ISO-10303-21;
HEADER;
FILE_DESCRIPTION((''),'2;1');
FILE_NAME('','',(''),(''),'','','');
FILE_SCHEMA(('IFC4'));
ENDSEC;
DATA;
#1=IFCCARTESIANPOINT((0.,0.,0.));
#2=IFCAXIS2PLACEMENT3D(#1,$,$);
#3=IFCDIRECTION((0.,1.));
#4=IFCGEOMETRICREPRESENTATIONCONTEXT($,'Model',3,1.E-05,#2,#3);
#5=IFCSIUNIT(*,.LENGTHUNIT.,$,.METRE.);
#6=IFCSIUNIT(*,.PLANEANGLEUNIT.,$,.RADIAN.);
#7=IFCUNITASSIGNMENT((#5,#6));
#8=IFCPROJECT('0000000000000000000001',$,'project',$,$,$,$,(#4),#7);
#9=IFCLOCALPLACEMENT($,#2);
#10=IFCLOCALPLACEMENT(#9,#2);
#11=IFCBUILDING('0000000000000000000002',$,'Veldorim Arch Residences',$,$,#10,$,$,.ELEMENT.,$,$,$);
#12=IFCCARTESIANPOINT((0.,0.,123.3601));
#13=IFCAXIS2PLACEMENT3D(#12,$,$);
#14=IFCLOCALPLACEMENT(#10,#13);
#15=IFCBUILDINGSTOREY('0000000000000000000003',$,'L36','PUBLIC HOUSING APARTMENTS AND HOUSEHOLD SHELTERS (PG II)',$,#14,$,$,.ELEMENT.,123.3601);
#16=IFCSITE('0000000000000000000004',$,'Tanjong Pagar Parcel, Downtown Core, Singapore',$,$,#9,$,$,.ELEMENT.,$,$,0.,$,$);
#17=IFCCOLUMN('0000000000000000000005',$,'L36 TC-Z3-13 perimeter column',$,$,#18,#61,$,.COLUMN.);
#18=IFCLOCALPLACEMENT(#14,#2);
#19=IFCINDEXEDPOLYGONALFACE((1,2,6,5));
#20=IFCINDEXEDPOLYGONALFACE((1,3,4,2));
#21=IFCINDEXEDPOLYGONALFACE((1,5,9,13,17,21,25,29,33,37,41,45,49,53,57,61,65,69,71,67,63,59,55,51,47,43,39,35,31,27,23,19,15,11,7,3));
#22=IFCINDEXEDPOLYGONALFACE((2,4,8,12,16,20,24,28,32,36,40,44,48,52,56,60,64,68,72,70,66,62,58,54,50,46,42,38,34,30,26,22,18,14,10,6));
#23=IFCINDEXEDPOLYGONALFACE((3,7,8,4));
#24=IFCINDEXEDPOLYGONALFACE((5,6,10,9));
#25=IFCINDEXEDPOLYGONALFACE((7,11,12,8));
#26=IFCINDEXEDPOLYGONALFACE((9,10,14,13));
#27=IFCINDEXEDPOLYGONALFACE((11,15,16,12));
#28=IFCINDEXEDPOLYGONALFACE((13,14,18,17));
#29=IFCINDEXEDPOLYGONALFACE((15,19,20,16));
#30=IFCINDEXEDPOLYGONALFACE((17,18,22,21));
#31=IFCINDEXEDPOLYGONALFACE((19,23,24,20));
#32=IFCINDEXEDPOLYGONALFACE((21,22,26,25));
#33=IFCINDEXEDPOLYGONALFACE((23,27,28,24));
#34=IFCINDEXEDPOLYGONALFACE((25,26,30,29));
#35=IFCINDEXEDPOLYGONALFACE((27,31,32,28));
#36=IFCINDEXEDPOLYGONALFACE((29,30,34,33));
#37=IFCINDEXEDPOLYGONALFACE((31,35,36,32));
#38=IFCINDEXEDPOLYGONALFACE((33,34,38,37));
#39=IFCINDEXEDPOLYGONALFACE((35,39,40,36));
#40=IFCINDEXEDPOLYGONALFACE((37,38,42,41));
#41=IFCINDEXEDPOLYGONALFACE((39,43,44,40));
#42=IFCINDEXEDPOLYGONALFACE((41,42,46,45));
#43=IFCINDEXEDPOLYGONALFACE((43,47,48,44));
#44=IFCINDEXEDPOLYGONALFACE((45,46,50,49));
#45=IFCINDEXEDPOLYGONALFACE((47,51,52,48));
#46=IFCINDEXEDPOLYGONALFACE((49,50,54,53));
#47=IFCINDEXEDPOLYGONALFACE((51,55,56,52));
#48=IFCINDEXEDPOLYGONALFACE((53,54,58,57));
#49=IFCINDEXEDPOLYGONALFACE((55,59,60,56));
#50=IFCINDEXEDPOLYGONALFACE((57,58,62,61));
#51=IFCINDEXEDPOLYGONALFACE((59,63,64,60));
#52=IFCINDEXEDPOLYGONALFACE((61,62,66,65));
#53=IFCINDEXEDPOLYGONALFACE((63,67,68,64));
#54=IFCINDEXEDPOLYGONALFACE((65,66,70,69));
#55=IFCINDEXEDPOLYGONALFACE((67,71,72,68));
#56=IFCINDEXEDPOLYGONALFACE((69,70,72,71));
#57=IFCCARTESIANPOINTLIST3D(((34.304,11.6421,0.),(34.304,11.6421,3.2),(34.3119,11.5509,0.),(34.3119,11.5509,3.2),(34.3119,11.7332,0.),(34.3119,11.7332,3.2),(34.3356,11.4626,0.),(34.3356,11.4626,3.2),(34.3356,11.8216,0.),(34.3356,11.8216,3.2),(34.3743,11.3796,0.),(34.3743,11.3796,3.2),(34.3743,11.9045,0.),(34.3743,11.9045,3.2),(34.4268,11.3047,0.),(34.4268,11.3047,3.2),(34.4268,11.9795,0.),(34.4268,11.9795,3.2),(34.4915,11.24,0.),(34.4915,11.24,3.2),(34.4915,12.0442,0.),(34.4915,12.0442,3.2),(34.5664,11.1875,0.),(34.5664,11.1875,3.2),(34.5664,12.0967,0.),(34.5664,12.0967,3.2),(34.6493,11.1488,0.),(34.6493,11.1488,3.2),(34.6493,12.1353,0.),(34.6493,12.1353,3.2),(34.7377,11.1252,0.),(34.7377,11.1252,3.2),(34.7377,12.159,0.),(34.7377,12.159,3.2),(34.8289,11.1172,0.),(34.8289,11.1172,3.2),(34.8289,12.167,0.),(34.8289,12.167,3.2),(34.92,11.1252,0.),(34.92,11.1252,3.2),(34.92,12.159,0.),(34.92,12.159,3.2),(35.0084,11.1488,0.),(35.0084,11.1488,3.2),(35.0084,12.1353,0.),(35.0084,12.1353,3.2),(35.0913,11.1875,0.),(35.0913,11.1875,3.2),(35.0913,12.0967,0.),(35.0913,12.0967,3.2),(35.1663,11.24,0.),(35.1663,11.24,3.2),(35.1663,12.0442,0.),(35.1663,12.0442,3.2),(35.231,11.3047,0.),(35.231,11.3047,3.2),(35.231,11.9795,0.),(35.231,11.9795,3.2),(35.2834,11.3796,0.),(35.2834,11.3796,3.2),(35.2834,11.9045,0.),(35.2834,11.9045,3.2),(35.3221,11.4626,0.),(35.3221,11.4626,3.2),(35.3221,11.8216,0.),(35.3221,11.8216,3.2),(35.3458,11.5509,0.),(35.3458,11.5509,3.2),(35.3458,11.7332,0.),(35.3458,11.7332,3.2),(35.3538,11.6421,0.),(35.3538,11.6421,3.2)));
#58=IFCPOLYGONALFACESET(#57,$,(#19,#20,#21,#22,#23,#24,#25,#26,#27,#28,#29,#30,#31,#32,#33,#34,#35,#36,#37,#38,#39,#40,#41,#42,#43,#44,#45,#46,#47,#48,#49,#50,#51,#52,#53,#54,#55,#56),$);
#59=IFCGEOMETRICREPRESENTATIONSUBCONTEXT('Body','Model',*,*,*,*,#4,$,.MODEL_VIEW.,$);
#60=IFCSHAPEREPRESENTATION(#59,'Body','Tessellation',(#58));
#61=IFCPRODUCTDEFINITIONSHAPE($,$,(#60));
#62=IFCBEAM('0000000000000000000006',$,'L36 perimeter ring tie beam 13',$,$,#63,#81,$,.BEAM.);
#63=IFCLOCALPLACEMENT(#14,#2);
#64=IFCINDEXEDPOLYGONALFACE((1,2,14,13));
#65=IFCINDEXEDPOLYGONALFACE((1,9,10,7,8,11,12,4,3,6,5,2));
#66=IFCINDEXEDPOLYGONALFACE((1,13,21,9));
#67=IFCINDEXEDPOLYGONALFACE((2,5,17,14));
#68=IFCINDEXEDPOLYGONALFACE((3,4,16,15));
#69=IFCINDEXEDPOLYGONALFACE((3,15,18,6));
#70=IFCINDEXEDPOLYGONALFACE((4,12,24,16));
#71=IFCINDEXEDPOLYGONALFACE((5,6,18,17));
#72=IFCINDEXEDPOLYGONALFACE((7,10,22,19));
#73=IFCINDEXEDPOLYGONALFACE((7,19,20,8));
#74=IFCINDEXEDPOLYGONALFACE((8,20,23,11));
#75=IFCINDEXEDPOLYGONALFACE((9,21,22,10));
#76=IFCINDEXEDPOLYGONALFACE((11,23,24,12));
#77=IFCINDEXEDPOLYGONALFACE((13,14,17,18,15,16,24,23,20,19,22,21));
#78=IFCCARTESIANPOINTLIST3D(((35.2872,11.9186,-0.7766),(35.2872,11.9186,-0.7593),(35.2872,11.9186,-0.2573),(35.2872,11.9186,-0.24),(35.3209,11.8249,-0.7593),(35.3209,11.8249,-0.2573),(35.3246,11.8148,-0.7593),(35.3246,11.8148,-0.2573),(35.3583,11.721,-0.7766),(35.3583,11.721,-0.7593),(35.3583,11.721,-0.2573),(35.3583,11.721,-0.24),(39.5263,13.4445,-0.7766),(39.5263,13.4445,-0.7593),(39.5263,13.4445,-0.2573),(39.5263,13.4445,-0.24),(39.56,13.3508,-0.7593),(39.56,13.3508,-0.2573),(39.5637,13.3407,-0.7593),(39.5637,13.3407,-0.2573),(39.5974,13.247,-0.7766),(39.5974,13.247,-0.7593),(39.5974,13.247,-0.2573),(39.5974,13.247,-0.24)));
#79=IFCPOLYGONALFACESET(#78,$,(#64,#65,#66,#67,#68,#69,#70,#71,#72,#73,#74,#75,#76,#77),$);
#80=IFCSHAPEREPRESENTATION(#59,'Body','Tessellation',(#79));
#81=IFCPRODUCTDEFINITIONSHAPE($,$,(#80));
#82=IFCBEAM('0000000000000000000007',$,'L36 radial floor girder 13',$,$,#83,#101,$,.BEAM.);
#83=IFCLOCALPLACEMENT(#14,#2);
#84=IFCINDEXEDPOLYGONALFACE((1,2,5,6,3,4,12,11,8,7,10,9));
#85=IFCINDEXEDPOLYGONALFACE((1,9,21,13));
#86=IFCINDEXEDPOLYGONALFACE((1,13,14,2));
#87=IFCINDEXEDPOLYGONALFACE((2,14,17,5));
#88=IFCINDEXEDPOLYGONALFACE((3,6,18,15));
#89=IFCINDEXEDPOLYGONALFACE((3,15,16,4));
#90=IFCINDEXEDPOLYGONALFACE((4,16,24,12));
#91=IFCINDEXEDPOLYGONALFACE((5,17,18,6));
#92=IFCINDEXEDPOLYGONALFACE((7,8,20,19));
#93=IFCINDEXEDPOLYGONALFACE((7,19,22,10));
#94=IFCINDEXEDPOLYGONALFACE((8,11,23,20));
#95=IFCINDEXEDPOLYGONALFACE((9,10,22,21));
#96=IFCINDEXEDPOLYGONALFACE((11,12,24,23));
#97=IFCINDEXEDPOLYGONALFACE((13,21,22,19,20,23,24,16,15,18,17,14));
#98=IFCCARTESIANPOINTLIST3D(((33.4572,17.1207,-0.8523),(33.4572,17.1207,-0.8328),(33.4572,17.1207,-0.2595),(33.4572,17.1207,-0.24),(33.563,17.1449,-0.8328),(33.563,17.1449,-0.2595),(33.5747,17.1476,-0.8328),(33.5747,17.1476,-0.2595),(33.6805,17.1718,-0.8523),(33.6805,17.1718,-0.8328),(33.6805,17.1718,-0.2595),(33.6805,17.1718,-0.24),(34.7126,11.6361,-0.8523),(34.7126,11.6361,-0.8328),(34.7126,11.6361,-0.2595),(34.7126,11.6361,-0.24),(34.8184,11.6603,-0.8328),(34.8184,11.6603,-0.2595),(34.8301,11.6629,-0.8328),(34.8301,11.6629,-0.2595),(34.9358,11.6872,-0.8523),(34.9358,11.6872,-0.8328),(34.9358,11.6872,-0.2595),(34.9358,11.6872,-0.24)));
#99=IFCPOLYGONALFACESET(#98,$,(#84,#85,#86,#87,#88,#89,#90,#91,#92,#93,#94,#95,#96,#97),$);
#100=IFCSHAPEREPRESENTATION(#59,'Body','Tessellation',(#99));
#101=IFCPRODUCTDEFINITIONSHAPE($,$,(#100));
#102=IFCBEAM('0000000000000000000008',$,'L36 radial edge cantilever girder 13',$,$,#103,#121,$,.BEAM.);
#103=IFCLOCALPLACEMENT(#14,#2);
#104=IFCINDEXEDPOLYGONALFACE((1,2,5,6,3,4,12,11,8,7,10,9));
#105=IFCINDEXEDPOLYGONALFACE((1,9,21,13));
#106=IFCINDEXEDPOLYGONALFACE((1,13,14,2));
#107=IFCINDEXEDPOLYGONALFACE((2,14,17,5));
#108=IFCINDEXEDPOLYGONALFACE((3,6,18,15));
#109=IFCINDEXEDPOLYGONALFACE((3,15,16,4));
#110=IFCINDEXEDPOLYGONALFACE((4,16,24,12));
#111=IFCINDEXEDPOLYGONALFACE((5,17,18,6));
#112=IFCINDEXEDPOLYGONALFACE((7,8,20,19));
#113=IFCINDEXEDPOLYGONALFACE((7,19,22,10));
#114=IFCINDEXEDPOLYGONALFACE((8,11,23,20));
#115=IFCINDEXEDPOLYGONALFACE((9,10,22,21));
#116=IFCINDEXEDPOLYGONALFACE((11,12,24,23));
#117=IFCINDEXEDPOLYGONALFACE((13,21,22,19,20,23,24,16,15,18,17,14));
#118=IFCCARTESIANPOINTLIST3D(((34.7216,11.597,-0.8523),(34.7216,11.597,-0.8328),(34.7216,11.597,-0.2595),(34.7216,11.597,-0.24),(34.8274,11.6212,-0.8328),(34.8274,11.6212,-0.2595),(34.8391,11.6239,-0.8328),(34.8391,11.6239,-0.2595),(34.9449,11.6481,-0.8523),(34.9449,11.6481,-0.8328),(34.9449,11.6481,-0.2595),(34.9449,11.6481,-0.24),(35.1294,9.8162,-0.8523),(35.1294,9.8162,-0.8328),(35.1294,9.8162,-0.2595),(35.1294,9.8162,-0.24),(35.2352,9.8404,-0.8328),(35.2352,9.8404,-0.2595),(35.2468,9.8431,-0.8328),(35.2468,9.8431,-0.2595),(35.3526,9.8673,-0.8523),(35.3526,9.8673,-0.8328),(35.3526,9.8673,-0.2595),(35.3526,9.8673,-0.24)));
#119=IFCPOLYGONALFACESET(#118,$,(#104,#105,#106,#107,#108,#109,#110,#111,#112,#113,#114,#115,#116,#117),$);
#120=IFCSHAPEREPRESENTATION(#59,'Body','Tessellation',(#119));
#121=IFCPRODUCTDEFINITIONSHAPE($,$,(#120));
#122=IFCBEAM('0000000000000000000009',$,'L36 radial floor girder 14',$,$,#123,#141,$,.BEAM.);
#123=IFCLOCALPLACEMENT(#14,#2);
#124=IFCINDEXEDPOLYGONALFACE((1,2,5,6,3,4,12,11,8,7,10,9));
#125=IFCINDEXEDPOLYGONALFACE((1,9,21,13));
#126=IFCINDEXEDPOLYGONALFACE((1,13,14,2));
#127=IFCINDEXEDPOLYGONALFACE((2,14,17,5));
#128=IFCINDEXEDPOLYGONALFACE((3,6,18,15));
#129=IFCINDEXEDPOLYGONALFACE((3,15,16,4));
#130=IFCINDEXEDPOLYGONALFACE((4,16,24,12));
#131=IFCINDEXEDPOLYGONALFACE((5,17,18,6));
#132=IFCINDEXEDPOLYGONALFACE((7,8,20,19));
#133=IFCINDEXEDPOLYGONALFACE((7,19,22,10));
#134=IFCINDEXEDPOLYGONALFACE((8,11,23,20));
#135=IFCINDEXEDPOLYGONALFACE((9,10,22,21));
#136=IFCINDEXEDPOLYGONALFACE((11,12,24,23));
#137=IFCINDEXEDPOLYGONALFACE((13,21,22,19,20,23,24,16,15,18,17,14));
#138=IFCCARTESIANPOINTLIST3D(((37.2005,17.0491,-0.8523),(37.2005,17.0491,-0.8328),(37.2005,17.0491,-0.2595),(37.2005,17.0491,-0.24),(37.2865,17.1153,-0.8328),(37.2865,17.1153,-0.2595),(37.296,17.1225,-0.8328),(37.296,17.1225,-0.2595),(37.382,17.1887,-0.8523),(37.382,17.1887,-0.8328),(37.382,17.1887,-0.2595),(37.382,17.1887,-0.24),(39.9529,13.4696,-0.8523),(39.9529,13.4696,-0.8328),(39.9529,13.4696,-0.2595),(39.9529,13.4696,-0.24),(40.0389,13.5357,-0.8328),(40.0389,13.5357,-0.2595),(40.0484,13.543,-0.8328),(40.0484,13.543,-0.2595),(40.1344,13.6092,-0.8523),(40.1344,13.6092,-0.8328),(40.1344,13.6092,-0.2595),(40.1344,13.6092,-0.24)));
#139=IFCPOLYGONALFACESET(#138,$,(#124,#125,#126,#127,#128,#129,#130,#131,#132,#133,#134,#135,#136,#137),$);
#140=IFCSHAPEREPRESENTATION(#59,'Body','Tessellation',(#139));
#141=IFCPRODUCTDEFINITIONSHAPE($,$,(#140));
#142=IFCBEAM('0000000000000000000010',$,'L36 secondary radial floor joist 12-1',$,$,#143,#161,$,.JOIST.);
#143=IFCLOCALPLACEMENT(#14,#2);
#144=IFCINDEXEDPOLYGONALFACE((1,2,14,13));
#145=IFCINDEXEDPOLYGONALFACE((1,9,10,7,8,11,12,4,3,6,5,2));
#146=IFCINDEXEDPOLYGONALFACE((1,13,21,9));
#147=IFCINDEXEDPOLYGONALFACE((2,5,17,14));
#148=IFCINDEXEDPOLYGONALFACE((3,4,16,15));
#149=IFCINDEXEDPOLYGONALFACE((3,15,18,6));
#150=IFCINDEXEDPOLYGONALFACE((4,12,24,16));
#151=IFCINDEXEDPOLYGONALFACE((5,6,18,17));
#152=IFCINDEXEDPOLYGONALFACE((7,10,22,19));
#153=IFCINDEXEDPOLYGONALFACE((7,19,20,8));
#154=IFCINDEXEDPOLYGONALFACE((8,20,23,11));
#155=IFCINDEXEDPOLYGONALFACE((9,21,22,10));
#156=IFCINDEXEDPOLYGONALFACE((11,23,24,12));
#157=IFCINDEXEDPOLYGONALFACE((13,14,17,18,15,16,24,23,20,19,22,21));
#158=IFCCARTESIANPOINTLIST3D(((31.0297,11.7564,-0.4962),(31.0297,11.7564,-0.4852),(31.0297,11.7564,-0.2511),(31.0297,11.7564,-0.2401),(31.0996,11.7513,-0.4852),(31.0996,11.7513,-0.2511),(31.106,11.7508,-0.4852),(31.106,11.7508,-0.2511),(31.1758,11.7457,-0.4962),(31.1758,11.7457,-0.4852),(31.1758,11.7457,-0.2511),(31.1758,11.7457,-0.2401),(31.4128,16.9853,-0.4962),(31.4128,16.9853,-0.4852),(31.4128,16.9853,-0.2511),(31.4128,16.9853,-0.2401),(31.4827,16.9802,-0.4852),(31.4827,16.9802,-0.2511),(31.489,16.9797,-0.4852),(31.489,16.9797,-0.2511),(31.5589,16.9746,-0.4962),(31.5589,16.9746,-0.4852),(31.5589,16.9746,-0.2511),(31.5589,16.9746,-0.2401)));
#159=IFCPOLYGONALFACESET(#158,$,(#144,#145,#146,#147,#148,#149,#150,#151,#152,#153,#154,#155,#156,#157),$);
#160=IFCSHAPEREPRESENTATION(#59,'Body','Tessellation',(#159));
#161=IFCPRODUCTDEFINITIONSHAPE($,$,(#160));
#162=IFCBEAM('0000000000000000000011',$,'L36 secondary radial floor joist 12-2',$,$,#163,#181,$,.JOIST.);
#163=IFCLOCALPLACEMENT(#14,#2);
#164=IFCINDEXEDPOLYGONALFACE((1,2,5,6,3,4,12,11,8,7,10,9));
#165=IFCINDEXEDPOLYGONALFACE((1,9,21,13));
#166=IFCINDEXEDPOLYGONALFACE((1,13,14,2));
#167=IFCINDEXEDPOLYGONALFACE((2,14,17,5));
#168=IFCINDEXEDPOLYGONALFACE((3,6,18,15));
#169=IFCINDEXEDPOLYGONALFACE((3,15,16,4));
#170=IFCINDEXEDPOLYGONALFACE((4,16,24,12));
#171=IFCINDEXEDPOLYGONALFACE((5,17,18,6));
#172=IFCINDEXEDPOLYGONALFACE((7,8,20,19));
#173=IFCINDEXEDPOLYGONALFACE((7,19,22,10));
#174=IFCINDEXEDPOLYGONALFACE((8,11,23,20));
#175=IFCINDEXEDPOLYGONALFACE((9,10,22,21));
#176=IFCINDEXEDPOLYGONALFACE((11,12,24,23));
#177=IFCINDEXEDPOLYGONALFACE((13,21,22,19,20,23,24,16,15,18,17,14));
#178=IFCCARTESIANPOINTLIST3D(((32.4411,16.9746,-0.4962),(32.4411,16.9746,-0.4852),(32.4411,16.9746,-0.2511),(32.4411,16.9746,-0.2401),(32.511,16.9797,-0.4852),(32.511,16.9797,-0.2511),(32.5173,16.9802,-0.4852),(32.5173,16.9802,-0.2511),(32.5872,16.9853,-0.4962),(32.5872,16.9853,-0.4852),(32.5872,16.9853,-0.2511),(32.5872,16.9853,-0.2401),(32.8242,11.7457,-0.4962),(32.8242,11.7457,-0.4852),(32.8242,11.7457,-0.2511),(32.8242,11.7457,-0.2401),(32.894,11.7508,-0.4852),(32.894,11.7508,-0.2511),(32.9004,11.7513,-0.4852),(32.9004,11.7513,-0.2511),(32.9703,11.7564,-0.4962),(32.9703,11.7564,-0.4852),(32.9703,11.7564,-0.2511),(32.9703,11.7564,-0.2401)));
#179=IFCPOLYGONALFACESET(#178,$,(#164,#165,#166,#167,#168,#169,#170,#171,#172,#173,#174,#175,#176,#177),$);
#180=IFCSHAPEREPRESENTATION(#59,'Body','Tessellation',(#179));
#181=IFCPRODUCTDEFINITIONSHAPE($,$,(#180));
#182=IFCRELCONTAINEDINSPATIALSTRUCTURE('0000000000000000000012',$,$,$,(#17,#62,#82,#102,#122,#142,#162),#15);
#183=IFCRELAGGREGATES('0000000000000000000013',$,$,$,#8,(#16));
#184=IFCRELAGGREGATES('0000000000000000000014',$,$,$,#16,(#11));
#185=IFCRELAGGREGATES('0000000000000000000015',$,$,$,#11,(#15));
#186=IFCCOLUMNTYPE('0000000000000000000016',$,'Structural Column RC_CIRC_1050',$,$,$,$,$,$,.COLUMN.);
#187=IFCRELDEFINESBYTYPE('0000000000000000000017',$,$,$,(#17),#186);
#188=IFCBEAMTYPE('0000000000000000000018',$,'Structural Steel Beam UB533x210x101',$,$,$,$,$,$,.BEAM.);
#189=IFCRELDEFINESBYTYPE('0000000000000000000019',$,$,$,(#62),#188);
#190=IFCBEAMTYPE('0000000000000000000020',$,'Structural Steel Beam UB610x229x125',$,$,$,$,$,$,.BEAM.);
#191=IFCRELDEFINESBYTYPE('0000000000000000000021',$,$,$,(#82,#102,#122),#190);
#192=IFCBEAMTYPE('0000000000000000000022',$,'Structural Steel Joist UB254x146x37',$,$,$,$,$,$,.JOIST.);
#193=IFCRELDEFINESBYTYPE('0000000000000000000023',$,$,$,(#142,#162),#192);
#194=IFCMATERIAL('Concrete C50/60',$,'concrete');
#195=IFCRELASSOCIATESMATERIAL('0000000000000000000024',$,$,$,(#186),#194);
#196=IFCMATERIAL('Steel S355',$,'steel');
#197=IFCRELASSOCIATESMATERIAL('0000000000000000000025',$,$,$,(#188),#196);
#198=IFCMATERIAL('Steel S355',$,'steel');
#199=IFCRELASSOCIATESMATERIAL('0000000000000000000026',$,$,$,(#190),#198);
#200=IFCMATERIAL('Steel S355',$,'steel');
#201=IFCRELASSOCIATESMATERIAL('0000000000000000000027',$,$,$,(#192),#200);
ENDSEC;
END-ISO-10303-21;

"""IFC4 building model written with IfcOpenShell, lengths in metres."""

from ifc_helpers import new_model, si_unit, direction, frame, origin, origin_2d, place, context, subcontext, project, spatial, circle, i_section, extrude, material, material_profile, profile_set, type_object, element, save


model = new_model("IFC4")

# Units and contexts
model_context = context("Model", 3, precision=1e-05, world=origin(), true_north=direction((0.0, 1.0)))
body_context = subcontext(model_context, "Body", "Model", "MODEL_VIEW")
ifc_project = project(units=[si_unit("LENGTHUNIT", "METRE"), si_unit("PLANEANGLEUNIT", "RADIAN")], contexts=[model_context])

# Site, building, storey
site_placement = place(None, origin())
site = spatial("IfcSite", under=ifc_project, at=site_placement, Name="Tanjong Pagar Parcel, Downtown Core, Singapore", CompositionType="ELEMENT", RefElevation=0.0)
building_placement = place(site_placement, origin())
building = spatial("IfcBuilding", under=site, at=building_placement, Name="Veldorim Arch Residences", CompositionType="ELEMENT")
storey_placement = place(building_placement, frame((0.0, 0.0, 123.3601)))
storey = spatial("IfcBuildingStorey", under=building, at=storey_placement, Name="L36", Description="PUBLIC HOUSING APARTMENTS AND HOUSEHOLD SHELTERS (PG II)", CompositionType="ELEMENT", Elevation=123.3601)

# Column
ifc_material_1 = material(Name="Concrete C50/60", Category="concrete")
ifc_material_profile_1 = material_profile(ifc_material_1, circle(Radius=0.5249, at=origin_2d()), Name="RC_CIRC_1050")
ifc_profile_set_1 = profile_set([ifc_material_profile_1], Name="Concrete C50/60")
column_type = type_object("IfcColumnType", Name="Structural Column RC_CIRC_1050", PredefinedType="COLUMN", material=ifc_profile_set_1)
column_placement = place(storey_placement, frame((34.8289, 11.6421, 0.0), z_axis=(0.0, 0.0, 1.0), x_axis=(1.0, 0.0, 0.0)))
element("IfcColumn", 1, at=column_placement, inside=storey, type_object=column_type, Name="L36 TC-Z3-13 perimeter column", PredefinedType="COLUMN", context=body_context, shape_type="SweptSolid", body=[
    extrude(circle(Radius=0.5249, at=origin_2d()), origin(), (0.0, 0.0, 1.0), 3.2),
])

# Beams
ifc_material_2 = material(Name="Steel S355", Category="steel")
ifc_material_profile_2 = material_profile(ifc_material_2, i_section(OverallWidth=0.21, OverallDepth=0.5366, WebThickness=0.0107, FlangeThickness=0.0173, at=origin_2d()), Name="UB533x210x101")
ifc_profile_set_2 = profile_set([ifc_material_profile_2], Name="Steel S355")
beam_type_1 = type_object("IfcBeamType", Name="Structural Steel Beam UB533x210x101", PredefinedType="BEAM", material=ifc_profile_set_2)
beam_1_placement = place(storey_placement, frame((35.3228, 11.8198, -0.5083), z_axis=(0.940899, 0.338687, 0.0), x_axis=(-0.338687, 0.940899, 0.0)))
element("IfcBeam", 2, at=beam_1_placement, inside=storey, type_object=beam_type_1, Name="L36 perimeter ring tie beam 13", PredefinedType="BEAM", context=body_context, shape_type="SweptSolid", body=[
    extrude(i_section(OverallWidth=0.21, OverallDepth=0.5366, WebThickness=0.0107, FlangeThickness=0.0173, at=origin_2d()), origin(), (0.0, 0.0, 1.0), 4.5054),
])
ifc_material_3 = material(Name="Steel S355", Category="steel")
ifc_material_profile_3 = material_profile(ifc_material_3, i_section(OverallWidth=0.229, OverallDepth=0.6123, WebThickness=0.012, FlangeThickness=0.0195, at=origin_2d()), Name="UB610x229x125")
ifc_profile_set_3 = profile_set([ifc_material_profile_3], Name="Steel S355")
beam_type_2 = type_object("IfcBeamType", Name="Structural Steel Beam UB610x229x125", PredefinedType="BEAM", material=ifc_profile_set_3)
beam_2_placement = place(storey_placement, frame((33.5688, 17.1462, -0.5461), z_axis=(0.223119, -0.974791, 0.0), x_axis=(0.974791, 0.223119, 0.0)))
element("IfcBeam", 3, at=beam_2_placement, inside=storey, type_object=beam_type_2, Name="L36 radial floor girder 13", PredefinedType="BEAM", context=body_context, shape_type="SweptSolid", body=[
    extrude(i_section(OverallWidth=0.229, OverallDepth=0.6123, WebThickness=0.012, FlangeThickness=0.0195, at=origin_2d()), origin(), (0.0, 0.0, 1.0), 5.6265),
])
beam_3_placement = place(storey_placement, frame((34.8333, 11.6226, -0.5461), z_axis=(0.22318, -0.974777, 0.0), x_axis=(0.974777, 0.22318, 0.0)))
element("IfcBeam", 4, at=beam_3_placement, inside=storey, type_object=beam_type_2, Name="L36 radial edge cantilever girder 13", PredefinedType="BEAM", context=body_context, shape_type="SweptSolid", body=[
    extrude(i_section(OverallWidth=0.229, OverallDepth=0.6123, WebThickness=0.012, FlangeThickness=0.0195, at=origin_2d()), origin(), (0.0, 0.0, 1.0), 1.8269),
])
beam_4_placement = place(storey_placement, frame((37.2913, 17.1189, -0.5461), z_axis=(0.609559, -0.792741, 0.0), x_axis=(0.792741, 0.609559, 0.0)))
element("IfcBeam", 5, at=beam_4_placement, inside=storey, type_object=beam_type_2, Name="L36 radial floor girder 14", PredefinedType="BEAM", context=body_context, shape_type="SweptSolid", body=[
    extrude(i_section(OverallWidth=0.229, OverallDepth=0.6123, WebThickness=0.012, FlangeThickness=0.0195, at=origin_2d()), origin(), (0.0, 0.0, 1.0), 4.5154),
])
ifc_material_4 = material(Name="Steel S355", Category="steel")
ifc_material_profile_4 = material_profile(ifc_material_4, i_section(OverallWidth=0.1465, OverallDepth=0.2561, WebThickness=0.0063, FlangeThickness=0.011, at=origin_2d()), Name="UB254x146x37")
ifc_profile_set_4 = profile_set([ifc_material_profile_4], Name="Steel S355")
beam_type_3 = type_object("IfcBeamType", Name="Structural Steel Joist UB254x146x37", PredefinedType="JOIST", material=ifc_profile_set_4)
for number, where, z_axis, x_axis, name in (
    (6, (31.4858, 16.98, -0.3682), (-0.07306, -0.997328, 0.0), (0.997328, -0.07306, 0.0), "L36 secondary radial floor joist 12-1"),
    (7, (32.5142, 16.98, -0.3682), (0.07306, -0.997328, 0.0), (0.997328, 0.07306, 0.0), "L36 secondary radial floor joist 12-2"),
):
    element("IfcBeam", number, at=place(storey_placement, frame(where, z_axis=z_axis, x_axis=x_axis)), inside=storey, type_object=beam_type_3, Name=name, PredefinedType="JOIST", context=body_context, shape_type="SweptSolid", body=[
        extrude(i_section(OverallWidth=0.1465, OverallDepth=0.2561, WebThickness=0.0063, FlangeThickness=0.011, at=origin_2d()), origin(), (0.0, 0.0, 1.0), 5.2429),
    ])

save(model, "model.ifc")
